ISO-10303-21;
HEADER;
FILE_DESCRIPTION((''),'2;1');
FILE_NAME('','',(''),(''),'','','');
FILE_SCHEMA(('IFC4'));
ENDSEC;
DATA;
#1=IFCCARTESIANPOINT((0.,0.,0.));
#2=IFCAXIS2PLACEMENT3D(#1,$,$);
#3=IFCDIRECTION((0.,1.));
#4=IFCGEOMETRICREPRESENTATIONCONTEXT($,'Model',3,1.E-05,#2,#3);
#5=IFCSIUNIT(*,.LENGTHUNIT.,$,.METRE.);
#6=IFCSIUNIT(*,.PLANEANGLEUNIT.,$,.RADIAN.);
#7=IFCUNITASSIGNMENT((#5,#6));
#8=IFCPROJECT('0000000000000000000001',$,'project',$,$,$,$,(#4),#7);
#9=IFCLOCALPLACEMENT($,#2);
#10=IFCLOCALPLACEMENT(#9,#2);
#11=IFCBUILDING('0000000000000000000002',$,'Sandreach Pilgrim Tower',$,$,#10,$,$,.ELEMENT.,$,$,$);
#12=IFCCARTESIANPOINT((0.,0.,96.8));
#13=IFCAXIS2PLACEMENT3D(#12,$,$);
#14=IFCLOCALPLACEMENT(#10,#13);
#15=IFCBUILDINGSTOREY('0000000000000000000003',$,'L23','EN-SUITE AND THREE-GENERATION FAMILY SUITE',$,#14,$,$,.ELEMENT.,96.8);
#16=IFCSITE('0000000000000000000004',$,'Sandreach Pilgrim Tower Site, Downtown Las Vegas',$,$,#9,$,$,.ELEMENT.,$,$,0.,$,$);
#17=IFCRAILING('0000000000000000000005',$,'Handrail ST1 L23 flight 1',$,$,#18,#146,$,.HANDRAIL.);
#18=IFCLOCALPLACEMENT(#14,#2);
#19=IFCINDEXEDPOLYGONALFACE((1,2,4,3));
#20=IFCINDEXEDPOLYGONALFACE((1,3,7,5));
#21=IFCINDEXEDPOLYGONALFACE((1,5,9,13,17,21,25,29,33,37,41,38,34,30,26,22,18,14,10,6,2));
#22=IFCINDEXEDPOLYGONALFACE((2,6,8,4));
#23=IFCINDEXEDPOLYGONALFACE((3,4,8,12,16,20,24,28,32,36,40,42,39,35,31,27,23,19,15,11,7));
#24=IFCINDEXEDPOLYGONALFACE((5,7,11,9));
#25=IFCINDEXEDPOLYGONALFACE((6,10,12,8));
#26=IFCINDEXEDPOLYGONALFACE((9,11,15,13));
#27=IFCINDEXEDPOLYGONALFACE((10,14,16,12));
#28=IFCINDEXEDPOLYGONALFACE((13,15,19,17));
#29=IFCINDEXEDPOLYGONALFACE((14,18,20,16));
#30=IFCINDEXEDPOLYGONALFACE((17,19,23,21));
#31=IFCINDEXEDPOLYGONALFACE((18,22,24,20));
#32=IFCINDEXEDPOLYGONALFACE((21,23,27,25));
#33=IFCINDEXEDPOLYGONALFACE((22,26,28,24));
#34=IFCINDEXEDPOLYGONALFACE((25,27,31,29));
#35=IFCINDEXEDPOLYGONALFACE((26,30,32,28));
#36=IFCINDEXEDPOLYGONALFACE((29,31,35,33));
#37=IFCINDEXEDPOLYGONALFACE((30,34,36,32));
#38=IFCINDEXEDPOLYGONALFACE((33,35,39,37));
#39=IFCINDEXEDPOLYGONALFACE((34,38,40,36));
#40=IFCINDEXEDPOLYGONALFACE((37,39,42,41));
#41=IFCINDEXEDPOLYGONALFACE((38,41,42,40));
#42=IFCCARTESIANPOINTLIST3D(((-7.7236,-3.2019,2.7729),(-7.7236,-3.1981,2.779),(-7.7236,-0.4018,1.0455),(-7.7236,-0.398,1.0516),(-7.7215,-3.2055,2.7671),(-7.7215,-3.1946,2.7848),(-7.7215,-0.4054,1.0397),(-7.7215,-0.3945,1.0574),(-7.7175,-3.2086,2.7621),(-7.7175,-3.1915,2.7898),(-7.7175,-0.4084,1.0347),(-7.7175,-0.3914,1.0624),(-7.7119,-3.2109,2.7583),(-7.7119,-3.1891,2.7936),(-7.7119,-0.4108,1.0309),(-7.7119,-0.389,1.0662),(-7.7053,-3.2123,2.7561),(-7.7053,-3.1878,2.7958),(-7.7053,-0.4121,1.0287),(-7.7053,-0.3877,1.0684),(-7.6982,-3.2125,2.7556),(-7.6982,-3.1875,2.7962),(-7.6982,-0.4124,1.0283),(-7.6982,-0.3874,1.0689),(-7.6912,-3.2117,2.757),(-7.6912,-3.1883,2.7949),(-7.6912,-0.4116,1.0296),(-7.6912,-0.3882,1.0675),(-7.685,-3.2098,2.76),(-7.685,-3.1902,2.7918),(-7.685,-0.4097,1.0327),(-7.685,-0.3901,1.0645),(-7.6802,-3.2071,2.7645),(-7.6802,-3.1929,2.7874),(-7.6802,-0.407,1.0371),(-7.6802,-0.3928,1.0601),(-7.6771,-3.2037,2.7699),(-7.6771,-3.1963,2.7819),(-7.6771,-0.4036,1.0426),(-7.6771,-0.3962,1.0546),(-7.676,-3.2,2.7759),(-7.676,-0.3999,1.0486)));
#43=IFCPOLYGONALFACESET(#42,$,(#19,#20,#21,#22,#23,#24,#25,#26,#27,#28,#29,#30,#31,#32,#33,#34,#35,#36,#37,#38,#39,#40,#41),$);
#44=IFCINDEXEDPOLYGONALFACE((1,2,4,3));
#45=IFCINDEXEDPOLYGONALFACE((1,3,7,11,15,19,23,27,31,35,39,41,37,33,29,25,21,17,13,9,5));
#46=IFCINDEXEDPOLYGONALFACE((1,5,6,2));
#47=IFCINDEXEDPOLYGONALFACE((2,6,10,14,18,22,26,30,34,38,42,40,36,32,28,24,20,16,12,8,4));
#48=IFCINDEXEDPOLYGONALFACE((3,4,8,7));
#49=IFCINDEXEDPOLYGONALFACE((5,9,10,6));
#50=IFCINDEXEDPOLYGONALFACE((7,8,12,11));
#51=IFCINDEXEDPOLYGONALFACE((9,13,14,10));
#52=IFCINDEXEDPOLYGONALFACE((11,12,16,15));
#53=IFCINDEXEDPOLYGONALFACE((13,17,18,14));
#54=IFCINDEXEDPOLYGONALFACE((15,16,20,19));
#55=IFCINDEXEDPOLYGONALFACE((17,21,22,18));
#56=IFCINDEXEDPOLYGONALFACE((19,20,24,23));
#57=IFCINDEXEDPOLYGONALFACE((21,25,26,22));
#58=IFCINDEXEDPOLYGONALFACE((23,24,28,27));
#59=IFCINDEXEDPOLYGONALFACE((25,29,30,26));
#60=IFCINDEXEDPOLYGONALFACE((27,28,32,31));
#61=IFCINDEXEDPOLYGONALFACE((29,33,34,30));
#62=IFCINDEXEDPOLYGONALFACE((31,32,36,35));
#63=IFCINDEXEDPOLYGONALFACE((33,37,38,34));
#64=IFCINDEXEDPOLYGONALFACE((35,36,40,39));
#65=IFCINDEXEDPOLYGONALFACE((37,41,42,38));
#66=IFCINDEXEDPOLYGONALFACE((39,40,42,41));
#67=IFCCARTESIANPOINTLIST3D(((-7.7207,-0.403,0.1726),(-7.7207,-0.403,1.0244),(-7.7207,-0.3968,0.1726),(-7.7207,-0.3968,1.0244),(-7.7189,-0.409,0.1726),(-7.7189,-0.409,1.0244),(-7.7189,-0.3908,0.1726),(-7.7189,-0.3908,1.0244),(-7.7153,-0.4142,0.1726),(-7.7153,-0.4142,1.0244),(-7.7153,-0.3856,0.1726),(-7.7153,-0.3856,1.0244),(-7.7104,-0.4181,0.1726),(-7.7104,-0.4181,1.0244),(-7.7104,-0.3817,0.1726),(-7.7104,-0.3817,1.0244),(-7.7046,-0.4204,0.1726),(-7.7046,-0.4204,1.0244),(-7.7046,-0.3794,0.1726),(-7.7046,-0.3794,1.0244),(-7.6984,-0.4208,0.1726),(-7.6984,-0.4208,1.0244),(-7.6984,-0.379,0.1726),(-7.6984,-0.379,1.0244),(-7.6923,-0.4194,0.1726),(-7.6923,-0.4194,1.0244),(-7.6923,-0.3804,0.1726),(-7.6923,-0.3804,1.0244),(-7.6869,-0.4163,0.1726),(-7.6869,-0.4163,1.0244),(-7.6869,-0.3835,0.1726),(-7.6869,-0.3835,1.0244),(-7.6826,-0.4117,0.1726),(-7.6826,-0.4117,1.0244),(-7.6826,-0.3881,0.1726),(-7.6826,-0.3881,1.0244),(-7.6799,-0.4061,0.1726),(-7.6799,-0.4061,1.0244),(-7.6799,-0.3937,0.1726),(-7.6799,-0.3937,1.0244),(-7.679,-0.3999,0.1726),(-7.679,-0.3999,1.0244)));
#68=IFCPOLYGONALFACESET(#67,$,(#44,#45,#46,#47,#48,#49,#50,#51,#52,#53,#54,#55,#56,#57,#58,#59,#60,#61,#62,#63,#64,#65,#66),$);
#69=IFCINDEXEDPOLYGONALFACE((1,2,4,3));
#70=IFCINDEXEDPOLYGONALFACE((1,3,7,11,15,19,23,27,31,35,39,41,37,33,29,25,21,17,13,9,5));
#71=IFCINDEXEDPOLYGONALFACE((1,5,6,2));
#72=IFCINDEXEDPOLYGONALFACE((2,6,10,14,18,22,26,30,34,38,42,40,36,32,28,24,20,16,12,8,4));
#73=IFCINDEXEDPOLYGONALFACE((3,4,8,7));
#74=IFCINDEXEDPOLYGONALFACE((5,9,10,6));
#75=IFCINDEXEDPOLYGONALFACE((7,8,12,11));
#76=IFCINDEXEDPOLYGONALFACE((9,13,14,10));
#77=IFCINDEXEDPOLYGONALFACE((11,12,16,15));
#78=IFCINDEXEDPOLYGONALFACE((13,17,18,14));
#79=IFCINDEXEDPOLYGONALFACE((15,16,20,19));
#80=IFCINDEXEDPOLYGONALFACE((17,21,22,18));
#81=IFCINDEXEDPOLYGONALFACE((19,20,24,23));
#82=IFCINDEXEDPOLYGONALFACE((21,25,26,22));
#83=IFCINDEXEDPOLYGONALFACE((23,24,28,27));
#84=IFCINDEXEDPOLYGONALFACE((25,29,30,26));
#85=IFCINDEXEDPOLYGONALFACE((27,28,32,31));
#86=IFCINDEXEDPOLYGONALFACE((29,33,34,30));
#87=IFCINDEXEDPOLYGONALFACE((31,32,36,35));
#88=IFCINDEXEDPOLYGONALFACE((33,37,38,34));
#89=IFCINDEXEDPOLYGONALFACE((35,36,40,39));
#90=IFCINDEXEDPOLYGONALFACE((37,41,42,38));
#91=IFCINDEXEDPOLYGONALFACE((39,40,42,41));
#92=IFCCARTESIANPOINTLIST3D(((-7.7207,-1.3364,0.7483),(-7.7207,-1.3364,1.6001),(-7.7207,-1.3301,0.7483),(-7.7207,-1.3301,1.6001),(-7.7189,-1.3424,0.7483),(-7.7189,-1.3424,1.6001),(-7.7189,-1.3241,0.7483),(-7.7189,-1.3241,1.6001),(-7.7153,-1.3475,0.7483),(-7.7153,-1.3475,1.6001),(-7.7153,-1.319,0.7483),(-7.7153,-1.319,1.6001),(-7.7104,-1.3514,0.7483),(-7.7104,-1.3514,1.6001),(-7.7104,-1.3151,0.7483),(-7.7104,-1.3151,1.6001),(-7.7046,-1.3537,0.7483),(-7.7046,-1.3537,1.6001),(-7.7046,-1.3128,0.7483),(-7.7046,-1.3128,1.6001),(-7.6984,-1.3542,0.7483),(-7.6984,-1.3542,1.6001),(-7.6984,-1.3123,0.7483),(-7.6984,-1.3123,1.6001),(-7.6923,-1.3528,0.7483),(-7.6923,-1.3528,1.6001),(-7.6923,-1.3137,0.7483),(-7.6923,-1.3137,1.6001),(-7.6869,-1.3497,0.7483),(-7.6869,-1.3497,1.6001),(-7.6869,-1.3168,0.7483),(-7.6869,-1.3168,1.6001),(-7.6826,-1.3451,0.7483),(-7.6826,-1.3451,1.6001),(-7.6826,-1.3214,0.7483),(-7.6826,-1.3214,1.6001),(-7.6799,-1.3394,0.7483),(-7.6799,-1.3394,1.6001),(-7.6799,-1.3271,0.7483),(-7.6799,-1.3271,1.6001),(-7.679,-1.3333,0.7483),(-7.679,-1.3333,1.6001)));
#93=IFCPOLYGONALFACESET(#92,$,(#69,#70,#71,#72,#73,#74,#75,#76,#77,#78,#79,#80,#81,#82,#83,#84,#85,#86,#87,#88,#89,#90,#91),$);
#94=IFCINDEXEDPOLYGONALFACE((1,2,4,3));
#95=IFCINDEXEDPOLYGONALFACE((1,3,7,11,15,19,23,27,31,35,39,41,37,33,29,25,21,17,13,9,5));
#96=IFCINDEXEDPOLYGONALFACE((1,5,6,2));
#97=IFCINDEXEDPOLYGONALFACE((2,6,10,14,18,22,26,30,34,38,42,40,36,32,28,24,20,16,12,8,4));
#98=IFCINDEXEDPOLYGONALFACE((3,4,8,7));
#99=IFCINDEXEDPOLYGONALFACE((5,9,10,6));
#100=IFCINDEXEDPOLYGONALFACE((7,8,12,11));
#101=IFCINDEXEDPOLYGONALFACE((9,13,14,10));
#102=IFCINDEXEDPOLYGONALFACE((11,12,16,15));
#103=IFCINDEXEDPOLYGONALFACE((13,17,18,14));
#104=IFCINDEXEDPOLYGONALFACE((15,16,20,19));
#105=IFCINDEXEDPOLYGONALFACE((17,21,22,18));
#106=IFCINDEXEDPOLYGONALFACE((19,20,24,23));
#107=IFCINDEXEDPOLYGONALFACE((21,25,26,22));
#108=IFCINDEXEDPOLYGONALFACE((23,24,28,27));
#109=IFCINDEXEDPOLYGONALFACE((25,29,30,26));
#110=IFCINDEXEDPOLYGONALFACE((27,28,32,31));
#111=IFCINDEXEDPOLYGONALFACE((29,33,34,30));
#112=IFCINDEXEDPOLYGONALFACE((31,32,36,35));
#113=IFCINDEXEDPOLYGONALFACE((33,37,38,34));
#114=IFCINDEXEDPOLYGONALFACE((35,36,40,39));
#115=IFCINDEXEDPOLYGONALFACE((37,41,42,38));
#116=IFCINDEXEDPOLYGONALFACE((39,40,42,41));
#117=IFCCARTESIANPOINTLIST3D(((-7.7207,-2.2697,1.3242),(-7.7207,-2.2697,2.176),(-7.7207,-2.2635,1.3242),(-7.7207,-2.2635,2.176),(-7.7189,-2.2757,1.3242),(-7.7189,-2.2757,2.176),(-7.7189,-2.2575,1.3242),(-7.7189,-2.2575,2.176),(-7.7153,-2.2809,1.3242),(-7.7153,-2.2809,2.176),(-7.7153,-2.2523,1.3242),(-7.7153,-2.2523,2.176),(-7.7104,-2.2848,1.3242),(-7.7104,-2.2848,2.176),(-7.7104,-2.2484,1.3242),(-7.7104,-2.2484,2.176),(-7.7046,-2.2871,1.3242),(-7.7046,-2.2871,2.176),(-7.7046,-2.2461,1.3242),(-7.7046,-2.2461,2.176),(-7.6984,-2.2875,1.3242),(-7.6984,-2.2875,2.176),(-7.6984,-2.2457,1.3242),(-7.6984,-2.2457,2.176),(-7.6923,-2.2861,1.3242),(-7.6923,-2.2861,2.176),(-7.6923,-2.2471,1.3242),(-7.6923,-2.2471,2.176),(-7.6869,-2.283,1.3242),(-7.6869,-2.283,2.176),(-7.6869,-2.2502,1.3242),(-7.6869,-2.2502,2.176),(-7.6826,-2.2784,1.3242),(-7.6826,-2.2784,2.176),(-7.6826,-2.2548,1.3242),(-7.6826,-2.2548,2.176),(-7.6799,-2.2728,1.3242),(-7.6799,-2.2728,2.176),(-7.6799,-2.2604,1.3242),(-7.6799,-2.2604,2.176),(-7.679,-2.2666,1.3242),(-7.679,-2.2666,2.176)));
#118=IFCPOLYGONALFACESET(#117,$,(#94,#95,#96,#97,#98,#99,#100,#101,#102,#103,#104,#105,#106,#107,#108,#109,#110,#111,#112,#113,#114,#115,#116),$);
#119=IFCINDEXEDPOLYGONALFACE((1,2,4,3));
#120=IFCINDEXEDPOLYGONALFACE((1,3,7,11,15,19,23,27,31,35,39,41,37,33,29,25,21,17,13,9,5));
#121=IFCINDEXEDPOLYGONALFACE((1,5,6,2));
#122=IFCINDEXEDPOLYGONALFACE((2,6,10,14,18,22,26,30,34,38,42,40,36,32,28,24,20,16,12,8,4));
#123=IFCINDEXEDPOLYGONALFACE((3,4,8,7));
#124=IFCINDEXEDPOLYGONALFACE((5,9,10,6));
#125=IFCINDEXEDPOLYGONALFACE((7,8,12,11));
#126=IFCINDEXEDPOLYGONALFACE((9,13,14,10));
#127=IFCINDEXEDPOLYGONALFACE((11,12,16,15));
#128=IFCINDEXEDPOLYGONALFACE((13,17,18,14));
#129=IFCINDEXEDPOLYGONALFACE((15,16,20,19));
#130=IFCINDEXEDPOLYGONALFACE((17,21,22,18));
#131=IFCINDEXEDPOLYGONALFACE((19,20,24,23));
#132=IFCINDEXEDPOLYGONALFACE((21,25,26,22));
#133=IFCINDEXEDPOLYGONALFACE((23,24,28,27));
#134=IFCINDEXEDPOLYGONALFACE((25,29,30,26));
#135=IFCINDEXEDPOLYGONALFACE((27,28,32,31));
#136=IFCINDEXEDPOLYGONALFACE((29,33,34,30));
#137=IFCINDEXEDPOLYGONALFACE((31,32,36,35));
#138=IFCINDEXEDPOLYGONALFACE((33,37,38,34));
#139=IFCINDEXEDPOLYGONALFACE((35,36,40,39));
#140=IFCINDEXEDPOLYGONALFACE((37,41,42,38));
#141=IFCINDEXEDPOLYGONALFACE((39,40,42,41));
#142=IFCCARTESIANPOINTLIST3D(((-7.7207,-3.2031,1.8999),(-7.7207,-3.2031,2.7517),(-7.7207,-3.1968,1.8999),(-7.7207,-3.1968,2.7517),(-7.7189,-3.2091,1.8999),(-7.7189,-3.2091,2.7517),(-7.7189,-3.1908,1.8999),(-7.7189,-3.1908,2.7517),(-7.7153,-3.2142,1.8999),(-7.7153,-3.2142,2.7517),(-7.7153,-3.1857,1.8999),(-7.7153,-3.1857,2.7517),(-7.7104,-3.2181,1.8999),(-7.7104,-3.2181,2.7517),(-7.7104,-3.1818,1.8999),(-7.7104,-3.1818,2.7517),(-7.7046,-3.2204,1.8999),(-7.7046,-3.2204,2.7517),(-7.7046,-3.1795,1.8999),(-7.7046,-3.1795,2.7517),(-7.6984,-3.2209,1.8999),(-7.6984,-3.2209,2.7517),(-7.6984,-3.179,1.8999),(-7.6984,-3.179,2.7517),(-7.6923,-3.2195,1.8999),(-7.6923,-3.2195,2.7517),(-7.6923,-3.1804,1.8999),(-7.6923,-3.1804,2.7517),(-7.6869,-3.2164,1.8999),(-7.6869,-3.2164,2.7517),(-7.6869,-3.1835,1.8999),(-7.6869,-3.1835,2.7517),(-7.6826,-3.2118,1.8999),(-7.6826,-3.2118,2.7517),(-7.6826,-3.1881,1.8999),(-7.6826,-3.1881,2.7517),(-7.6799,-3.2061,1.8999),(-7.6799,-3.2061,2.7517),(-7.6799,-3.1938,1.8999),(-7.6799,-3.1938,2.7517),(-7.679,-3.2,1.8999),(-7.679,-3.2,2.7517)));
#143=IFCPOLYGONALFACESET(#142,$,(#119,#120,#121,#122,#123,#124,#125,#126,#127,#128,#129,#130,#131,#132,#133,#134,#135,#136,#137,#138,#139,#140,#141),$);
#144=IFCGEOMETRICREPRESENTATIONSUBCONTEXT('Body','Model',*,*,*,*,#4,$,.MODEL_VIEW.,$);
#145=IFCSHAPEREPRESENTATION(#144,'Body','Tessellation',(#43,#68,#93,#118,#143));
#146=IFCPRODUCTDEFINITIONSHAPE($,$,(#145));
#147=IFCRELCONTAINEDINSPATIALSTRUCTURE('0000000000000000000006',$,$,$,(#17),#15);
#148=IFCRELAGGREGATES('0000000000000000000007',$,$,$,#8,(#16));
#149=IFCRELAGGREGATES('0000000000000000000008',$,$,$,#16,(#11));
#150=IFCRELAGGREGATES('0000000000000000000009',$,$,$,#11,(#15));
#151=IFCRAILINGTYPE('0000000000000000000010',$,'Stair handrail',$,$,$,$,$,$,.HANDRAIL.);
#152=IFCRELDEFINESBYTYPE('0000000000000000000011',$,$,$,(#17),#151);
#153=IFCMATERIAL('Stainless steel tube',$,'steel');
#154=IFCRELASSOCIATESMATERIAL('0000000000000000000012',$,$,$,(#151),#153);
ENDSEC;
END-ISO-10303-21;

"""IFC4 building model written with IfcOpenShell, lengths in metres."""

from ifc_helpers import new_model, si_unit, direction, frame, origin, origin_2d, place, context, subcontext, project, spatial, circle, extrude, material, type_object, element, save


model = new_model("IFC4")

# Units and contexts
model_context = context("Model", 3, precision=1e-05, world=origin(), true_north=direction((0.0, 1.0)))
body_context = subcontext(model_context, "Body", "Model", "MODEL_VIEW")
ifc_project = project(units=[si_unit("LENGTHUNIT", "METRE"), si_unit("PLANEANGLEUNIT", "RADIAN")], contexts=[model_context])

# Site, building, storey
site_placement = place(None, origin())
site = spatial("IfcSite", under=ifc_project, at=site_placement, Name="Sandreach Pilgrim Tower Site, Downtown Las Vegas", CompositionType="ELEMENT", RefElevation=0.0)
building_placement = place(site_placement, origin())
building = spatial("IfcBuilding", under=site, at=building_placement, Name="Sandreach Pilgrim Tower", CompositionType="ELEMENT")
storey_placement = place(building_placement, frame((0.0, 0.0, 96.8)))
storey = spatial("IfcBuildingStorey", under=building, at=storey_placement, Name="L23", Description="EN-SUITE AND THREE-GENERATION FAMILY SUITE", CompositionType="ELEMENT", Elevation=96.8)

# Railing
ifc_material_1 = material(Name="Stainless steel tube", Category="steel")
railing_type = type_object("IfcRailingType", Name="Stair handrail", PredefinedType="HANDRAIL", material=ifc_material_1)
for number, where, name in (
    (1, (-7.7, -0.3999, 0.1726), "Handrail ST1 L23 flight 1"),
):
    element("IfcRailing", number, at=place(storey_placement, frame(where)), inside=storey, type_object=railing_type, Name=name, PredefinedType="HANDRAIL", context=body_context, shape_type="SweptSolid", body=[
        extrude(circle(Radius=0.0239, at=origin_2d()), frame((0.0, 0.0, 0.876), z_axis=(0.0, -0.85109, 0.52502), x_axis=(1.0, 0.0, 0.0)), (0.0, 0.0, 1.0), 3.29),
        extrude(circle(Radius=0.021, at=origin_2d()), origin(), (0.0, 0.0, 1.0), 0.8518),
        extrude(circle(Radius=0.021, at=origin_2d()), frame((0.0, -0.9333, 0.5757)), (0.0, 0.0, 1.0), 0.8518),
        extrude(circle(Radius=0.021, at=origin_2d()), frame((0.0, -1.8667, 1.1516)), (0.0, 0.0, 1.0), 0.8518),
        extrude(circle(Radius=0.021, at=origin_2d()), frame((0.0, -2.8, 1.7273)), (0.0, 0.0, 1.0), 0.8518),
    ])

save(model, "model.ifc")
